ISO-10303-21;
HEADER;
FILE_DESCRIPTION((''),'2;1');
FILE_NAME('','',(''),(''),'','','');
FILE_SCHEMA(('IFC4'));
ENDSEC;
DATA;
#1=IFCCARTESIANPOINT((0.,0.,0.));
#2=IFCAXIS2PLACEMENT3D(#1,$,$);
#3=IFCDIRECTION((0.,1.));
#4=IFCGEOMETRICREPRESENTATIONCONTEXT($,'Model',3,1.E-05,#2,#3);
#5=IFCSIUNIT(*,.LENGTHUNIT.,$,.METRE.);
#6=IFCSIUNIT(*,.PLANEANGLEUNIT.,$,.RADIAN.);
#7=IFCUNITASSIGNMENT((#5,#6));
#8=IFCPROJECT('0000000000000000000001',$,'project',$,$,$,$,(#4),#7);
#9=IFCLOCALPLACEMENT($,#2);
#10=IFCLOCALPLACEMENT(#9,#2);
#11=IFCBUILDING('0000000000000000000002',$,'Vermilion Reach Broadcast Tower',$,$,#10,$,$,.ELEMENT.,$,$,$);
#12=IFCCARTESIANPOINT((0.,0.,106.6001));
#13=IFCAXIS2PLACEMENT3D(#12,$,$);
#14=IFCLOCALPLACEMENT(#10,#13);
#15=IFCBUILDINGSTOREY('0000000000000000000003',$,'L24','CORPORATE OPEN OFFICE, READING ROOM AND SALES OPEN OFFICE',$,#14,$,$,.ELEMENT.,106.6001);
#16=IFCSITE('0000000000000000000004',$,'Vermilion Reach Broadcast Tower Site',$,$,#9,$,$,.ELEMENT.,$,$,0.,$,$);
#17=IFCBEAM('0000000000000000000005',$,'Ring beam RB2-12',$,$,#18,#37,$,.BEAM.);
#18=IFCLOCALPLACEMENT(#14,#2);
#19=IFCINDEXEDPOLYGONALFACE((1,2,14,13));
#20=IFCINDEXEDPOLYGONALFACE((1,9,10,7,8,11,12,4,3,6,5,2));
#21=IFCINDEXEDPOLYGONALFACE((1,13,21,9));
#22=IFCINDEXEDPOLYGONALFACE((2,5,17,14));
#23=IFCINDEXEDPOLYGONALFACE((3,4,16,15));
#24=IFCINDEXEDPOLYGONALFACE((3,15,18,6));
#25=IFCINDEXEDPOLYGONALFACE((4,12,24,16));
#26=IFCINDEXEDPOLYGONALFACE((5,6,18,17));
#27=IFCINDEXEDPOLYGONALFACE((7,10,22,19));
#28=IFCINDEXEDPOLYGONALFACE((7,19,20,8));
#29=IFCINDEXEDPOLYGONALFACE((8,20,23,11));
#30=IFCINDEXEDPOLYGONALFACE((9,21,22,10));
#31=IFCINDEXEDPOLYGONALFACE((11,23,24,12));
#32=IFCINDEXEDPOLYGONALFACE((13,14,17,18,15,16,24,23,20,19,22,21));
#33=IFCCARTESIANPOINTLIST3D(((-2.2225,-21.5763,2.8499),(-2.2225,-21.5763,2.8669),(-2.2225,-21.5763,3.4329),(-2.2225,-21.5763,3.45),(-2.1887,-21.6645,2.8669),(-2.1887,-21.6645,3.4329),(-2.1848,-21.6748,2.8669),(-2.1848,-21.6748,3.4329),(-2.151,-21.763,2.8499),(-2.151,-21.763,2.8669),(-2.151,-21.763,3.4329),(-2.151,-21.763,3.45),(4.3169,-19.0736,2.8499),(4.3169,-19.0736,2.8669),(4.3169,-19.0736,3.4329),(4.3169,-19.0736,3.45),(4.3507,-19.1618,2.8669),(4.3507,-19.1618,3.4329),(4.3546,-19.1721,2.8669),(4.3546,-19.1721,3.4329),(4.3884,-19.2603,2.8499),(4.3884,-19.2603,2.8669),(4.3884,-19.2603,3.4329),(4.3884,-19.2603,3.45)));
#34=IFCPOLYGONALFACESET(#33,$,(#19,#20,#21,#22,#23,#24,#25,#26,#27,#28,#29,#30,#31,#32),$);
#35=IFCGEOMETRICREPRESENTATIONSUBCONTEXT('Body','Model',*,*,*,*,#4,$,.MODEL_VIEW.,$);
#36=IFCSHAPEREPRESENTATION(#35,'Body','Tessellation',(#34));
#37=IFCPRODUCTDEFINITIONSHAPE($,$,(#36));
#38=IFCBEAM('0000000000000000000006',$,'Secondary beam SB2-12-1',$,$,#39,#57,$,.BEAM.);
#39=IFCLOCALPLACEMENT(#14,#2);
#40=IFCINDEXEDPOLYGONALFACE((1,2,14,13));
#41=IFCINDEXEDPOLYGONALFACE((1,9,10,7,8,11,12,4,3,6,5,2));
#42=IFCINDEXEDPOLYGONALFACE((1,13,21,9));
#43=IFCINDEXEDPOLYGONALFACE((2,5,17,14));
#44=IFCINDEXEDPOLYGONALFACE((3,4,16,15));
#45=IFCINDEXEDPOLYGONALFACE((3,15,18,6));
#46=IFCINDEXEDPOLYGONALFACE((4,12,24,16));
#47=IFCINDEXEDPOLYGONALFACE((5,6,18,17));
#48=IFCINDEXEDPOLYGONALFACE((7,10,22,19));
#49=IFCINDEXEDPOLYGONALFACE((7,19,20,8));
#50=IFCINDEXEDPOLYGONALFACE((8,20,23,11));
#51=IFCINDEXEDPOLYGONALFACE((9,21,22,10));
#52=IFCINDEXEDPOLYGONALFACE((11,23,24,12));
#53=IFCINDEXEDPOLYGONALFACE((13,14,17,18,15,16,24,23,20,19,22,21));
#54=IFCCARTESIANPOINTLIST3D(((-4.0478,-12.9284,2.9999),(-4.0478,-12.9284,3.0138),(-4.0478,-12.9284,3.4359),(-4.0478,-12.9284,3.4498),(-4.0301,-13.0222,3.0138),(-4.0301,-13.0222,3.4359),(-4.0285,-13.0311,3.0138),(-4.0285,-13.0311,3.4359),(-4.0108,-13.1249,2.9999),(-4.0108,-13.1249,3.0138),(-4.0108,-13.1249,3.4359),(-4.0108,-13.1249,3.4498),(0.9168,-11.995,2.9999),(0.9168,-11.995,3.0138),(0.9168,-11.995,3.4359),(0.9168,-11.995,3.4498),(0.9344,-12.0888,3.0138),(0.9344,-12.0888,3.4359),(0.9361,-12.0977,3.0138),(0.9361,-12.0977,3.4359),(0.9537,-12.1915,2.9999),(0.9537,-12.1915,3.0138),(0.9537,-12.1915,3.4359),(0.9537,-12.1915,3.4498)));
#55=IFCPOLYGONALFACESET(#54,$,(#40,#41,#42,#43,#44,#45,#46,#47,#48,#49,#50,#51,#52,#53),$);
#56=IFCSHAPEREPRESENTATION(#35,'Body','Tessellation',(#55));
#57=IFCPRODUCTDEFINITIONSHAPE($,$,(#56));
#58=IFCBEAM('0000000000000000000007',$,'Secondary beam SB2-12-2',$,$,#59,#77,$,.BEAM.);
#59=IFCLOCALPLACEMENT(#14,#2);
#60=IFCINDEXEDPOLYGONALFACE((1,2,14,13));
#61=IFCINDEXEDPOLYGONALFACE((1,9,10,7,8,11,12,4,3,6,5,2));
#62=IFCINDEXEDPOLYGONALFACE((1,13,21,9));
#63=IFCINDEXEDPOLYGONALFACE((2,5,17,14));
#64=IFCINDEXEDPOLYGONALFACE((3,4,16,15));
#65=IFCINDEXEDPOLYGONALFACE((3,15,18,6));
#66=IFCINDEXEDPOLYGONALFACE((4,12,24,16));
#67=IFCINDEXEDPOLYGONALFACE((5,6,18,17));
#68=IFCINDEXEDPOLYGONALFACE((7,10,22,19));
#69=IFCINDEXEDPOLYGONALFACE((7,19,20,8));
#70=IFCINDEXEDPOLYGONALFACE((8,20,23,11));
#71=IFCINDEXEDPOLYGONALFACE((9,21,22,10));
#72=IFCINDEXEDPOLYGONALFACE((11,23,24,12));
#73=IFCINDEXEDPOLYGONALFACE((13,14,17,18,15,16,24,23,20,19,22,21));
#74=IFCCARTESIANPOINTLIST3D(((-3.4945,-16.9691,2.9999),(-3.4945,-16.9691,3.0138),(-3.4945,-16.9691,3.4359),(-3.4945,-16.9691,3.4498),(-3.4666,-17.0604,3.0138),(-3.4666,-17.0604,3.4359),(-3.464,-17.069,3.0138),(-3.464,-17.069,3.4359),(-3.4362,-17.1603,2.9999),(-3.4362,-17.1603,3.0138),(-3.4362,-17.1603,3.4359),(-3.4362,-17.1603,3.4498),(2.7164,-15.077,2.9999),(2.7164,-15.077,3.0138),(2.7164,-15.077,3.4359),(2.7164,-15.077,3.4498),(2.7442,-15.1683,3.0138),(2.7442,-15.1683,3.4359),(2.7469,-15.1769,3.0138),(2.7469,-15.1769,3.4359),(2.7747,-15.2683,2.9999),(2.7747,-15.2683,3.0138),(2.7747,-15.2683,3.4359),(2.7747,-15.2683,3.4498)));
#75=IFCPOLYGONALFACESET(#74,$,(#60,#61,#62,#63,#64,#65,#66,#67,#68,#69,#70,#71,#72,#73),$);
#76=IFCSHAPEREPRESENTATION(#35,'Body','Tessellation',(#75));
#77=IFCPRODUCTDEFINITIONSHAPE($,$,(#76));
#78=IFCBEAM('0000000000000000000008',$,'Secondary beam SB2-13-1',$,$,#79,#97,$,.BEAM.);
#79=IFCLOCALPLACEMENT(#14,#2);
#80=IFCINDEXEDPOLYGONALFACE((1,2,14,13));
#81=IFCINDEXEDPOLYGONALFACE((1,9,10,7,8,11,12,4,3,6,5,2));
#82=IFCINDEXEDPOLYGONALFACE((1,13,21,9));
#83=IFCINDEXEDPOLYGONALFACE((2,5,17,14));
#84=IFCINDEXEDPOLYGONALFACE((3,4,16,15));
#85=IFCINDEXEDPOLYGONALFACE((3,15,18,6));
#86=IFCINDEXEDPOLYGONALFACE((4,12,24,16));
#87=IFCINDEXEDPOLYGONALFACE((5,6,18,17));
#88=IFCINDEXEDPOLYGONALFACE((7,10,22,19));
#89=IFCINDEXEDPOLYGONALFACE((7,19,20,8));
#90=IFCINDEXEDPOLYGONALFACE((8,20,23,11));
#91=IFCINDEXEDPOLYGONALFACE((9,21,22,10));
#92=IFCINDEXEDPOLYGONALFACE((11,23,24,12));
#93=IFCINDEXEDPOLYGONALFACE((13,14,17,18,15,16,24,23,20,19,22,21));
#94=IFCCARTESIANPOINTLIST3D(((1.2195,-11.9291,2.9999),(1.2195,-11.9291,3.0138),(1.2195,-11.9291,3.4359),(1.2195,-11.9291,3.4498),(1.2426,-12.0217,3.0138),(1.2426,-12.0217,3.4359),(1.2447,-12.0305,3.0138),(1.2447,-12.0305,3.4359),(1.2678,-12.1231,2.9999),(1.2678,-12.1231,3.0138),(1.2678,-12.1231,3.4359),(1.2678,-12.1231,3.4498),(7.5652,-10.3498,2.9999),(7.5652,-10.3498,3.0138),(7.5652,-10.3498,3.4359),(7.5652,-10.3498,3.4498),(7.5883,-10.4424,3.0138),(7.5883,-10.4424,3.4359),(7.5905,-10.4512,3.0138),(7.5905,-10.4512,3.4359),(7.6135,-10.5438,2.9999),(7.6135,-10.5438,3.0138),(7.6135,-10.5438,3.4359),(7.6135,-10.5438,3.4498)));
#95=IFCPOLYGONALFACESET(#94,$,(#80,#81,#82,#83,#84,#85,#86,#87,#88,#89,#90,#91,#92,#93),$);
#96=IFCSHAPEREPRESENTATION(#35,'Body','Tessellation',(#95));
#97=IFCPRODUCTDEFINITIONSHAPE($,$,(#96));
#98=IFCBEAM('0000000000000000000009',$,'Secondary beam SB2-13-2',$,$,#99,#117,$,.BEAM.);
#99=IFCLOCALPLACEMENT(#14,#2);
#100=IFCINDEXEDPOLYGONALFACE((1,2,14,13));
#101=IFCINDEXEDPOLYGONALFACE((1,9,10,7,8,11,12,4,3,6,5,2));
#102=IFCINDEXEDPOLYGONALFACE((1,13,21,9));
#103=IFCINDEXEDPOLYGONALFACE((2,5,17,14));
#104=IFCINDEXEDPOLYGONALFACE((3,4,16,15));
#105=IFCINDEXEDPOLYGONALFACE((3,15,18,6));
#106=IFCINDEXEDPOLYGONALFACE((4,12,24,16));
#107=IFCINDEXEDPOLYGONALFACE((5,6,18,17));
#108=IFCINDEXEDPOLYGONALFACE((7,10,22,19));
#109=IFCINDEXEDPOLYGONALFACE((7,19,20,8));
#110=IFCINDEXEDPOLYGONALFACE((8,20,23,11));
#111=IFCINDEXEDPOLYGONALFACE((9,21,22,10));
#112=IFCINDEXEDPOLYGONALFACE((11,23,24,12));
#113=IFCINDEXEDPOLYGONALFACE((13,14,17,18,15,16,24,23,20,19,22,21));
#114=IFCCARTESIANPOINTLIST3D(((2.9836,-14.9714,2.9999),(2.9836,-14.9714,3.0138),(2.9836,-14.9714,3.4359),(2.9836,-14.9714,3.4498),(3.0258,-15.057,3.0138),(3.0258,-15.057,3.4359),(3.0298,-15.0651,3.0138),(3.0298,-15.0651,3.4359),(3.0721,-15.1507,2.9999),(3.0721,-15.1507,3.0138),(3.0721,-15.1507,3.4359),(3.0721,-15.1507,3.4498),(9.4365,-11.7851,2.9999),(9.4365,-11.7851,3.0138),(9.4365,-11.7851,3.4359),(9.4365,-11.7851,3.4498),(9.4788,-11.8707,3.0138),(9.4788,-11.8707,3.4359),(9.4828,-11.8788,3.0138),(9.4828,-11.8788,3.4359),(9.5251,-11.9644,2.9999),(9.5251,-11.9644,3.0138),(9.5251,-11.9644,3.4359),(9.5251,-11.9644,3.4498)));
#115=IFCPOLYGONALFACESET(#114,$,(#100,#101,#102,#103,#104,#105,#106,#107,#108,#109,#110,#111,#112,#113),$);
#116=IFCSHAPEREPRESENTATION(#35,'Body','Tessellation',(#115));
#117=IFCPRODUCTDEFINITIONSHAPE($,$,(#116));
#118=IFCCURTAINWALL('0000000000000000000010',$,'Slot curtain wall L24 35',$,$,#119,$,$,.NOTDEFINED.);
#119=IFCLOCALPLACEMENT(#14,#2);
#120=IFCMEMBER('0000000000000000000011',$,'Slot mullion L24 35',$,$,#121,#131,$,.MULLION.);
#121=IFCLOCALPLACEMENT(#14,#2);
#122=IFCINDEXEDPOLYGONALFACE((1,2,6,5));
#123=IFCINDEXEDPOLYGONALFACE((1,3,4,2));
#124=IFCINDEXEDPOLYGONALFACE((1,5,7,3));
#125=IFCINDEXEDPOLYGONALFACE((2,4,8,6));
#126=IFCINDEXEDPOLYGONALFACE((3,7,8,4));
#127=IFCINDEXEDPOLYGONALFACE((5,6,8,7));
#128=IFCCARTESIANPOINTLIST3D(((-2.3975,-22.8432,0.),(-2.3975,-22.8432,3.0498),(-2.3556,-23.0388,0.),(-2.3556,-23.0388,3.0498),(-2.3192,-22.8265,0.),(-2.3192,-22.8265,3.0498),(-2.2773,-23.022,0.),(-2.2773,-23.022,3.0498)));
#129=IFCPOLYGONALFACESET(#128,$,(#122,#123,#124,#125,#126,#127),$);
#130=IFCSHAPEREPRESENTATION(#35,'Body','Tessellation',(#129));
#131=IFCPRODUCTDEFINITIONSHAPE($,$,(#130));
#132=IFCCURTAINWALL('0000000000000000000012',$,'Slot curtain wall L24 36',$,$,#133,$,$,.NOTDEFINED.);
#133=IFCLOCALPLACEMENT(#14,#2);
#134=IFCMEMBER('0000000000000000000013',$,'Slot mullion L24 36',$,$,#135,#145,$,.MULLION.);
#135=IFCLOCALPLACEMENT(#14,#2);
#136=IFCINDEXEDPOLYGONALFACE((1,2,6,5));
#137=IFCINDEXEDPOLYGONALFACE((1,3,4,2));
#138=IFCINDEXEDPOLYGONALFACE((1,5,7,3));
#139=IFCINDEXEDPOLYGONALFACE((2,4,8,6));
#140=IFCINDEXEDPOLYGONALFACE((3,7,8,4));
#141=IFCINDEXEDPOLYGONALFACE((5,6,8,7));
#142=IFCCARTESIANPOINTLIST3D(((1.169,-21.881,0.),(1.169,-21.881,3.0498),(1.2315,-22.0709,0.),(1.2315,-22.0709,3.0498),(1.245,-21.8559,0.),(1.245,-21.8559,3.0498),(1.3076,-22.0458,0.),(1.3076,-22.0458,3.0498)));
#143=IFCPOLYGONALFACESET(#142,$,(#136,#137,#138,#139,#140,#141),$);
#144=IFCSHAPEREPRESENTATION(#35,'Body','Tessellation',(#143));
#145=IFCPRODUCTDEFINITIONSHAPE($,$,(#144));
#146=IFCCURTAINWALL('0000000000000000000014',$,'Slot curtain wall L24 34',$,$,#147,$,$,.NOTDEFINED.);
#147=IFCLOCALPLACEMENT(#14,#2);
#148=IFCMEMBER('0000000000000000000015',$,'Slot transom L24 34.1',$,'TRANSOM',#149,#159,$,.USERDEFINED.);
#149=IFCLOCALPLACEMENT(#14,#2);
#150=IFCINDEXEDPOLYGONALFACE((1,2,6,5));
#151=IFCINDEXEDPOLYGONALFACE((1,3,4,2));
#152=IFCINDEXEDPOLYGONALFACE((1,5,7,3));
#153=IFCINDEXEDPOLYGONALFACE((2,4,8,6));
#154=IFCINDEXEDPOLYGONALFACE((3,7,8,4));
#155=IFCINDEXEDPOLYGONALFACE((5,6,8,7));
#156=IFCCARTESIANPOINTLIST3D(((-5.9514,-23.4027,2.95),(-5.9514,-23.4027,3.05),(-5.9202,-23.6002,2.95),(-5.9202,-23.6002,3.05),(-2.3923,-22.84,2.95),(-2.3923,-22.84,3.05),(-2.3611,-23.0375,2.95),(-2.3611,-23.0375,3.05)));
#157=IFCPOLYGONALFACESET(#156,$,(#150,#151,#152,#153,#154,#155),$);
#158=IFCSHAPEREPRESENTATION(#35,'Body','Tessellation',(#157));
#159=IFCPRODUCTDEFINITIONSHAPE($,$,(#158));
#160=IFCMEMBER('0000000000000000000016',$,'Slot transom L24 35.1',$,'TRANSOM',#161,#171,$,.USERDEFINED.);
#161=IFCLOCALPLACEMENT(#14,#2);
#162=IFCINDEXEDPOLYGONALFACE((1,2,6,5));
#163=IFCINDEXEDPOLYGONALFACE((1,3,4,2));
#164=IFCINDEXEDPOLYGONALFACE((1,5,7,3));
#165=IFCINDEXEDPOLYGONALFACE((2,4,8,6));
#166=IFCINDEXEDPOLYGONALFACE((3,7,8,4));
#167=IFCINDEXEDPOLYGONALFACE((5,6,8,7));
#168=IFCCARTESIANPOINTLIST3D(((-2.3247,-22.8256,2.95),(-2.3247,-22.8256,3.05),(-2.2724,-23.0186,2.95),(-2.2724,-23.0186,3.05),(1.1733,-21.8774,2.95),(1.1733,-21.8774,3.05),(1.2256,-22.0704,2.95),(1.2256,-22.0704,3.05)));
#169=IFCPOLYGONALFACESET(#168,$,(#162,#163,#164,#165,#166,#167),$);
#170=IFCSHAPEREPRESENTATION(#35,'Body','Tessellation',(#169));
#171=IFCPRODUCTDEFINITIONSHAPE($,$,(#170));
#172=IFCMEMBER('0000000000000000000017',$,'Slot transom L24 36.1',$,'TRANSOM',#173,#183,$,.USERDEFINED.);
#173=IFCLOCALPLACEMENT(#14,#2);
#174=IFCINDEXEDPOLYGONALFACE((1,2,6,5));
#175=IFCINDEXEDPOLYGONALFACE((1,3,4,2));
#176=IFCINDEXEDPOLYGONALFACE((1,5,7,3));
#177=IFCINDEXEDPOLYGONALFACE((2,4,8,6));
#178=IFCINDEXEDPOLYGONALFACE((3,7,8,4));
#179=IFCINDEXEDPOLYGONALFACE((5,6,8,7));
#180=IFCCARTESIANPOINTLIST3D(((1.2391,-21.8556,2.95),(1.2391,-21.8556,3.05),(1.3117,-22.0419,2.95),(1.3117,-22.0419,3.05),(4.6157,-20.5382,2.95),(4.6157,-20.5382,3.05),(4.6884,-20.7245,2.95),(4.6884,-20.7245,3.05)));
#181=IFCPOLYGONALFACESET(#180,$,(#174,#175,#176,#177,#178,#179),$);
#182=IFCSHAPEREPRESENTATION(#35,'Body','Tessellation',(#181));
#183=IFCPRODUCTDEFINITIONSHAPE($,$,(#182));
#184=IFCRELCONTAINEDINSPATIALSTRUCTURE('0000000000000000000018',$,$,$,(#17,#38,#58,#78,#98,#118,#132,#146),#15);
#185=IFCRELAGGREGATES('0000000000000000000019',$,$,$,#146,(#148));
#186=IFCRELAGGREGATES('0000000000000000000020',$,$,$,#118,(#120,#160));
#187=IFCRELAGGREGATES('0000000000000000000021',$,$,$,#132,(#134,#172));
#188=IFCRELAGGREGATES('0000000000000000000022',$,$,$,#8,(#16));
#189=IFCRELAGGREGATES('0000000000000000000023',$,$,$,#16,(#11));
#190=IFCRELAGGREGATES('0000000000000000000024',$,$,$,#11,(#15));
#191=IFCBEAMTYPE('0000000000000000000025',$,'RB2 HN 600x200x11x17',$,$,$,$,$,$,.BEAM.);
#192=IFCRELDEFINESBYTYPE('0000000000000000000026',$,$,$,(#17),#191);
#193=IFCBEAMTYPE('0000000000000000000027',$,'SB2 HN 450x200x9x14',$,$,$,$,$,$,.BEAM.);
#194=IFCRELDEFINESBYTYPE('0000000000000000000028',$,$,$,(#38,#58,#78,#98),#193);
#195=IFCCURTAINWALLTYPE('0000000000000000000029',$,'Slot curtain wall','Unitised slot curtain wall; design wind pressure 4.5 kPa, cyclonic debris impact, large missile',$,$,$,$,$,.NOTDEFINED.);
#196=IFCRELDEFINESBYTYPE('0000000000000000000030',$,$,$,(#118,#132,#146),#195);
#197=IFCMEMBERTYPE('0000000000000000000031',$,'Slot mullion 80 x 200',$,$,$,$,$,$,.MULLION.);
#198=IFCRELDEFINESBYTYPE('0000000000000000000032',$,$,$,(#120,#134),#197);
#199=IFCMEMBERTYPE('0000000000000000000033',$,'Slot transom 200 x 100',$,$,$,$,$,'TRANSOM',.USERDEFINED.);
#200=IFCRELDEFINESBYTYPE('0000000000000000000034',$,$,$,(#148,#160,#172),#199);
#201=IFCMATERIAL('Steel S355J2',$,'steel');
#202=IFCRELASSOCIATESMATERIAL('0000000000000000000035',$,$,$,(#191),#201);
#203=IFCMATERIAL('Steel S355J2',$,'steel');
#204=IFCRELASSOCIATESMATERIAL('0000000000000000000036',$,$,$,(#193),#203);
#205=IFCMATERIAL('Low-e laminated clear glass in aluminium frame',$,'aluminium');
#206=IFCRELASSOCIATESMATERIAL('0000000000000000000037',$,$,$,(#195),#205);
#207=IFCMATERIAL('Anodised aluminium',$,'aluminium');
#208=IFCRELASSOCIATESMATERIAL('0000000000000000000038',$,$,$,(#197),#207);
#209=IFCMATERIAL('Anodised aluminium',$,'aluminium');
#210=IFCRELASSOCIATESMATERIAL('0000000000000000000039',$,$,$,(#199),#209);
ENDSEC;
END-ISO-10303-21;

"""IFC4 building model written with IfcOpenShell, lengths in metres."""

from ifc_helpers import new_model, si_unit, direction, frame, origin, origin_2d, place, context, subcontext, project, spatial, rectangle, i_section, extrude, material, material_profile, profile_set, type_object, element, aggregate, save


model = new_model("IFC4")

# Units and contexts
model_context = context("Model", 3, precision=1e-05, world=origin(), true_north=direction((0.0, 1.0)))
body_context = subcontext(model_context, "Body", "Model", "MODEL_VIEW")
ifc_project = project(units=[si_unit("LENGTHUNIT", "METRE"), si_unit("PLANEANGLEUNIT", "RADIAN")], contexts=[model_context])

# Site, building, storey
site_placement = place(None, origin())
site = spatial("IfcSite", under=ifc_project, at=site_placement, Name="Vermilion Reach Broadcast Tower Site", CompositionType="ELEMENT", RefElevation=0.0)
building_placement = place(site_placement, origin())
building = spatial("IfcBuilding", under=site, at=building_placement, Name="Vermilion Reach Broadcast Tower", CompositionType="ELEMENT")
storey_placement = place(building_placement, frame((0.0, 0.0, 106.6001)))
storey = spatial("IfcBuildingStorey", under=building, at=storey_placement, Name="L24", Description="CORPORATE OPEN OFFICE, READING ROOM AND SALES OPEN OFFICE", CompositionType="ELEMENT", Elevation=106.6001)

# Beams
ifc_material_1 = material(Name="Steel S355J2", Category="steel")
ifc_material_profile_1 = material_profile(ifc_material_1, i_section(OverallWidth=0.2, OverallDepth=0.6001, WebThickness=0.011, FlangeThickness=0.0171, at=origin_2d()), Name="S355J2 HN 600x200x11x17")
ifc_profile_set_1 = profile_set([ifc_material_profile_1], Name="Steel S355J2")
beam_type_1 = type_object("IfcBeamType", Name="RB2 HN 600x200x11x17", PredefinedType="BEAM", material=ifc_profile_set_1)
beam_1_placement = place(storey_placement, frame((-2.1868, -21.6697, 3.1499), z_axis=(0.933939, 0.357432, 0.0), x_axis=(-0.357432, 0.933939, 0.0)))
element("IfcBeam", 1, at=beam_1_placement, inside=storey, type_object=beam_type_1, Name="Ring beam RB2-12", PredefinedType="BEAM", context=body_context, shape_type="SweptSolid", body=[
    extrude(i_section(OverallWidth=0.2, OverallDepth=0.6001, WebThickness=0.011, FlangeThickness=0.0171, at=origin_2d()), origin(), (0.0, 0.0, 1.0), 7.002),
])
ifc_material_2 = material(Name="Steel S355J2", Category="steel")
ifc_material_profile_2 = material_profile(ifc_material_2, i_section(OverallWidth=0.2, OverallDepth=0.45, WebThickness=0.009, FlangeThickness=0.0139, at=origin_2d()), Name="S355J2 HN 450x200x9x14")
ifc_profile_set_2 = profile_set([ifc_material_profile_2], Name="Steel S355J2")
beam_type_2 = type_object("IfcBeamType", Name="SB2 HN 450x200x9x14", PredefinedType="BEAM", material=ifc_profile_set_2)
beam_2_placement = place(storey_placement, frame((-4.0293, -13.0266, 3.2249), z_axis=(0.982783, 0.184764, 0.0), x_axis=(-0.184764, 0.982783, 0.0)))
element("IfcBeam", 2, at=beam_2_placement, inside=storey, type_object=beam_type_2, Name="Secondary beam SB2-12-1", PredefinedType="BEAM", context=body_context, shape_type="SweptSolid", body=[
    extrude(i_section(OverallWidth=0.2, OverallDepth=0.45, WebThickness=0.009, FlangeThickness=0.0139, at=origin_2d()), origin(), (0.0, 0.0, 1.0), 5.0515),
])
beam_3_placement = place(storey_placement, frame((-3.4653, -17.0647, 3.2249), z_axis=(0.956596, 0.291416, 0.0), x_axis=(-0.291416, 0.956596, 0.0)))
element("IfcBeam", 3, at=beam_3_placement, inside=storey, type_object=beam_type_2, Name="Secondary beam SB2-12-2", PredefinedType="BEAM", context=body_context, shape_type="SweptSolid", body=[
    extrude(i_section(OverallWidth=0.2, OverallDepth=0.45, WebThickness=0.009, FlangeThickness=0.0139, at=origin_2d()), origin(), (0.0, 0.0, 1.0), 6.4927),
])
beam_4_placement = place(storey_placement, frame((1.2437, -12.0261, 3.2249), z_axis=(0.970397, 0.241516, 0.0), x_axis=(-0.241516, 0.970397, 0.0)))
element("IfcBeam", 4, at=beam_4_placement, inside=storey, type_object=beam_type_2, Name="Secondary beam SB2-13-1", PredefinedType="BEAM", context=body_context, shape_type="SweptSolid", body=[
    extrude(i_section(OverallWidth=0.2, OverallDepth=0.45, WebThickness=0.009, FlangeThickness=0.0139, at=origin_2d()), origin(), (0.0, 0.0, 1.0), 6.5393),
])
beam_5_placement = place(storey_placement, frame((3.0278, -15.061, 3.2249), z_axis=(0.896648, 0.442744, 0.0), x_axis=(-0.442744, 0.896648, 0.0)))
element("IfcBeam", 5, at=beam_5_placement, inside=storey, type_object=beam_type_2, Name="Secondary beam SB2-13-2", PredefinedType="BEAM", context=body_context, shape_type="SweptSolid", body=[
    extrude(i_section(OverallWidth=0.2, OverallDepth=0.45, WebThickness=0.009, FlangeThickness=0.0139, at=origin_2d()), origin(), (0.0, 0.0, 1.0), 7.1968),
])

# Curtain walls, members
ifc_material_3 = material(Name="Low-e laminated clear glass in aluminium frame", Category="aluminium")
curtain_wall_type = type_object("IfcCurtainWallType", Name="Slot curtain wall", Description="Unitised slot curtain wall; design wind pressure 4.5 kPa, cyclonic debris impact, large missile", PredefinedType="NOTDEFINED", material=ifc_material_3)
placement = place(storey_placement, origin())
curtain_wall_1 = element("IfcCurtainWall", 6, at=placement, inside=storey, type_object=curtain_wall_type, Name="Slot curtain wall L24 35", PredefinedType="NOTDEFINED")
ifc_material_4 = material(Name="Anodised aluminium", Category="aluminium")
ifc_material_profile_3 = material_profile(ifc_material_4, rectangle(XDim=0.2, YDim=0.0801, at=origin_2d()), Name="Slot mullion 80 x 200")
ifc_profile_set_3 = profile_set([ifc_material_profile_3], Name="Anodised aluminium")
member_type_1 = type_object("IfcMemberType", Name="Slot mullion 80 x 200", PredefinedType="MULLION", material=ifc_profile_set_3)
member_1_placement = place(storey_placement, frame((-2.3374, -22.9326, 0.0), z_axis=(0.0, 0.0, 1.0), x_axis=(-0.209176, 0.977878, 0.0)))
member_1 = element("IfcMember", 7, at=member_1_placement, type_object=member_type_1, Name="Slot mullion L24 35", PredefinedType="MULLION", context=body_context, shape_type="SweptSolid", body=[
    extrude(rectangle(XDim=0.2, YDim=0.0801, at=origin_2d()), origin(), (0.0, 0.0, 1.0), 3.0498),
])
curtain_wall_2 = element("IfcCurtainWall", 8, at=placement, inside=storey, type_object=curtain_wall_type, Name="Slot curtain wall L24 36", PredefinedType="NOTDEFINED")
member_2_placement = place(storey_placement, frame((1.2383, -21.9634, 0.0), z_axis=(0.0, 0.0, 1.0), x_axis=(-0.312998, 0.949754, 0.0)))
member_2 = element("IfcMember", 9, at=member_2_placement, type_object=member_type_1, Name="Slot mullion L24 36", PredefinedType="MULLION", context=body_context, shape_type="SweptSolid", body=[
    extrude(rectangle(XDim=0.2, YDim=0.0801, at=origin_2d()), origin(), (0.0, 0.0, 1.0), 3.0498),
])
curtain_wall_3 = element("IfcCurtainWall", 10, at=placement, inside=storey, type_object=curtain_wall_type, Name="Slot curtain wall L24 34", PredefinedType="NOTDEFINED")
ifc_material_5 = material(Name="Anodised aluminium", Category="aluminium")
ifc_material_profile_4 = material_profile(ifc_material_5, rectangle(XDim=0.2, YDim=0.1001, at=origin_2d()), Name="Slot transom 200 x 100")
ifc_profile_set_4 = profile_set([ifc_material_profile_4], Name="Anodised aluminium")
member_type_2 = type_object("IfcMemberType", Name="Slot transom 200 x 100", ElementType="TRANSOM", PredefinedType="USERDEFINED", material=ifc_profile_set_4)
member_3_placement = place(storey_placement, frame((-5.9358, -23.5015, 3.0), z_axis=(0.987729, 0.156175, 0.0), x_axis=(-0.156175, 0.987729, 0.0)))
member_3 = element("IfcMember", 11, at=member_3_placement, type_object=member_type_2, Name="Slot transom L24 34.1", ObjectType="TRANSOM", PredefinedType="USERDEFINED", context=body_context, shape_type="SweptSolid", body=[
    extrude(rectangle(XDim=0.2, YDim=0.1001, at=origin_2d()), origin(), (0.0, 0.0, 1.0), 3.6033),
])

# Members
member_4_placement = place(storey_placement, frame((-2.2986, -22.9221, 3.0), z_axis=(0.965167, 0.261635, 0.0), x_axis=(-0.261635, 0.965167, 0.0)))
member_4 = element("IfcMember", 12, at=member_4_placement, type_object=member_type_2, Name="Slot transom L24 35.1", ObjectType="TRANSOM", PredefinedType="USERDEFINED", context=body_context, shape_type="SweptSolid", body=[
    extrude(rectangle(XDim=0.2, YDim=0.1001, at=origin_2d()), origin(), (0.0, 0.0, 1.0), 3.6243),
])
member_5_placement = place(storey_placement, frame((1.2754, -21.9487, 3.0), z_axis=(0.931611, 0.363457, 0.0), x_axis=(-0.363457, 0.931611, 0.0)))
member_5 = element("IfcMember", 13, at=member_5_placement, type_object=member_type_2, Name="Slot transom L24 36.1", ObjectType="TRANSOM", PredefinedType="USERDEFINED", context=body_context, shape_type="SweptSolid", body=[
    extrude(rectangle(XDim=0.2, YDim=0.1001, at=origin_2d()), origin(), (0.0, 0.0, 1.0), 3.6245),
])

aggregate(curtain_wall_3, [member_3])
aggregate(curtain_wall_1, [member_1, member_4])
aggregate(curtain_wall_2, [member_2, member_5])

save(model, "model.ifc")
